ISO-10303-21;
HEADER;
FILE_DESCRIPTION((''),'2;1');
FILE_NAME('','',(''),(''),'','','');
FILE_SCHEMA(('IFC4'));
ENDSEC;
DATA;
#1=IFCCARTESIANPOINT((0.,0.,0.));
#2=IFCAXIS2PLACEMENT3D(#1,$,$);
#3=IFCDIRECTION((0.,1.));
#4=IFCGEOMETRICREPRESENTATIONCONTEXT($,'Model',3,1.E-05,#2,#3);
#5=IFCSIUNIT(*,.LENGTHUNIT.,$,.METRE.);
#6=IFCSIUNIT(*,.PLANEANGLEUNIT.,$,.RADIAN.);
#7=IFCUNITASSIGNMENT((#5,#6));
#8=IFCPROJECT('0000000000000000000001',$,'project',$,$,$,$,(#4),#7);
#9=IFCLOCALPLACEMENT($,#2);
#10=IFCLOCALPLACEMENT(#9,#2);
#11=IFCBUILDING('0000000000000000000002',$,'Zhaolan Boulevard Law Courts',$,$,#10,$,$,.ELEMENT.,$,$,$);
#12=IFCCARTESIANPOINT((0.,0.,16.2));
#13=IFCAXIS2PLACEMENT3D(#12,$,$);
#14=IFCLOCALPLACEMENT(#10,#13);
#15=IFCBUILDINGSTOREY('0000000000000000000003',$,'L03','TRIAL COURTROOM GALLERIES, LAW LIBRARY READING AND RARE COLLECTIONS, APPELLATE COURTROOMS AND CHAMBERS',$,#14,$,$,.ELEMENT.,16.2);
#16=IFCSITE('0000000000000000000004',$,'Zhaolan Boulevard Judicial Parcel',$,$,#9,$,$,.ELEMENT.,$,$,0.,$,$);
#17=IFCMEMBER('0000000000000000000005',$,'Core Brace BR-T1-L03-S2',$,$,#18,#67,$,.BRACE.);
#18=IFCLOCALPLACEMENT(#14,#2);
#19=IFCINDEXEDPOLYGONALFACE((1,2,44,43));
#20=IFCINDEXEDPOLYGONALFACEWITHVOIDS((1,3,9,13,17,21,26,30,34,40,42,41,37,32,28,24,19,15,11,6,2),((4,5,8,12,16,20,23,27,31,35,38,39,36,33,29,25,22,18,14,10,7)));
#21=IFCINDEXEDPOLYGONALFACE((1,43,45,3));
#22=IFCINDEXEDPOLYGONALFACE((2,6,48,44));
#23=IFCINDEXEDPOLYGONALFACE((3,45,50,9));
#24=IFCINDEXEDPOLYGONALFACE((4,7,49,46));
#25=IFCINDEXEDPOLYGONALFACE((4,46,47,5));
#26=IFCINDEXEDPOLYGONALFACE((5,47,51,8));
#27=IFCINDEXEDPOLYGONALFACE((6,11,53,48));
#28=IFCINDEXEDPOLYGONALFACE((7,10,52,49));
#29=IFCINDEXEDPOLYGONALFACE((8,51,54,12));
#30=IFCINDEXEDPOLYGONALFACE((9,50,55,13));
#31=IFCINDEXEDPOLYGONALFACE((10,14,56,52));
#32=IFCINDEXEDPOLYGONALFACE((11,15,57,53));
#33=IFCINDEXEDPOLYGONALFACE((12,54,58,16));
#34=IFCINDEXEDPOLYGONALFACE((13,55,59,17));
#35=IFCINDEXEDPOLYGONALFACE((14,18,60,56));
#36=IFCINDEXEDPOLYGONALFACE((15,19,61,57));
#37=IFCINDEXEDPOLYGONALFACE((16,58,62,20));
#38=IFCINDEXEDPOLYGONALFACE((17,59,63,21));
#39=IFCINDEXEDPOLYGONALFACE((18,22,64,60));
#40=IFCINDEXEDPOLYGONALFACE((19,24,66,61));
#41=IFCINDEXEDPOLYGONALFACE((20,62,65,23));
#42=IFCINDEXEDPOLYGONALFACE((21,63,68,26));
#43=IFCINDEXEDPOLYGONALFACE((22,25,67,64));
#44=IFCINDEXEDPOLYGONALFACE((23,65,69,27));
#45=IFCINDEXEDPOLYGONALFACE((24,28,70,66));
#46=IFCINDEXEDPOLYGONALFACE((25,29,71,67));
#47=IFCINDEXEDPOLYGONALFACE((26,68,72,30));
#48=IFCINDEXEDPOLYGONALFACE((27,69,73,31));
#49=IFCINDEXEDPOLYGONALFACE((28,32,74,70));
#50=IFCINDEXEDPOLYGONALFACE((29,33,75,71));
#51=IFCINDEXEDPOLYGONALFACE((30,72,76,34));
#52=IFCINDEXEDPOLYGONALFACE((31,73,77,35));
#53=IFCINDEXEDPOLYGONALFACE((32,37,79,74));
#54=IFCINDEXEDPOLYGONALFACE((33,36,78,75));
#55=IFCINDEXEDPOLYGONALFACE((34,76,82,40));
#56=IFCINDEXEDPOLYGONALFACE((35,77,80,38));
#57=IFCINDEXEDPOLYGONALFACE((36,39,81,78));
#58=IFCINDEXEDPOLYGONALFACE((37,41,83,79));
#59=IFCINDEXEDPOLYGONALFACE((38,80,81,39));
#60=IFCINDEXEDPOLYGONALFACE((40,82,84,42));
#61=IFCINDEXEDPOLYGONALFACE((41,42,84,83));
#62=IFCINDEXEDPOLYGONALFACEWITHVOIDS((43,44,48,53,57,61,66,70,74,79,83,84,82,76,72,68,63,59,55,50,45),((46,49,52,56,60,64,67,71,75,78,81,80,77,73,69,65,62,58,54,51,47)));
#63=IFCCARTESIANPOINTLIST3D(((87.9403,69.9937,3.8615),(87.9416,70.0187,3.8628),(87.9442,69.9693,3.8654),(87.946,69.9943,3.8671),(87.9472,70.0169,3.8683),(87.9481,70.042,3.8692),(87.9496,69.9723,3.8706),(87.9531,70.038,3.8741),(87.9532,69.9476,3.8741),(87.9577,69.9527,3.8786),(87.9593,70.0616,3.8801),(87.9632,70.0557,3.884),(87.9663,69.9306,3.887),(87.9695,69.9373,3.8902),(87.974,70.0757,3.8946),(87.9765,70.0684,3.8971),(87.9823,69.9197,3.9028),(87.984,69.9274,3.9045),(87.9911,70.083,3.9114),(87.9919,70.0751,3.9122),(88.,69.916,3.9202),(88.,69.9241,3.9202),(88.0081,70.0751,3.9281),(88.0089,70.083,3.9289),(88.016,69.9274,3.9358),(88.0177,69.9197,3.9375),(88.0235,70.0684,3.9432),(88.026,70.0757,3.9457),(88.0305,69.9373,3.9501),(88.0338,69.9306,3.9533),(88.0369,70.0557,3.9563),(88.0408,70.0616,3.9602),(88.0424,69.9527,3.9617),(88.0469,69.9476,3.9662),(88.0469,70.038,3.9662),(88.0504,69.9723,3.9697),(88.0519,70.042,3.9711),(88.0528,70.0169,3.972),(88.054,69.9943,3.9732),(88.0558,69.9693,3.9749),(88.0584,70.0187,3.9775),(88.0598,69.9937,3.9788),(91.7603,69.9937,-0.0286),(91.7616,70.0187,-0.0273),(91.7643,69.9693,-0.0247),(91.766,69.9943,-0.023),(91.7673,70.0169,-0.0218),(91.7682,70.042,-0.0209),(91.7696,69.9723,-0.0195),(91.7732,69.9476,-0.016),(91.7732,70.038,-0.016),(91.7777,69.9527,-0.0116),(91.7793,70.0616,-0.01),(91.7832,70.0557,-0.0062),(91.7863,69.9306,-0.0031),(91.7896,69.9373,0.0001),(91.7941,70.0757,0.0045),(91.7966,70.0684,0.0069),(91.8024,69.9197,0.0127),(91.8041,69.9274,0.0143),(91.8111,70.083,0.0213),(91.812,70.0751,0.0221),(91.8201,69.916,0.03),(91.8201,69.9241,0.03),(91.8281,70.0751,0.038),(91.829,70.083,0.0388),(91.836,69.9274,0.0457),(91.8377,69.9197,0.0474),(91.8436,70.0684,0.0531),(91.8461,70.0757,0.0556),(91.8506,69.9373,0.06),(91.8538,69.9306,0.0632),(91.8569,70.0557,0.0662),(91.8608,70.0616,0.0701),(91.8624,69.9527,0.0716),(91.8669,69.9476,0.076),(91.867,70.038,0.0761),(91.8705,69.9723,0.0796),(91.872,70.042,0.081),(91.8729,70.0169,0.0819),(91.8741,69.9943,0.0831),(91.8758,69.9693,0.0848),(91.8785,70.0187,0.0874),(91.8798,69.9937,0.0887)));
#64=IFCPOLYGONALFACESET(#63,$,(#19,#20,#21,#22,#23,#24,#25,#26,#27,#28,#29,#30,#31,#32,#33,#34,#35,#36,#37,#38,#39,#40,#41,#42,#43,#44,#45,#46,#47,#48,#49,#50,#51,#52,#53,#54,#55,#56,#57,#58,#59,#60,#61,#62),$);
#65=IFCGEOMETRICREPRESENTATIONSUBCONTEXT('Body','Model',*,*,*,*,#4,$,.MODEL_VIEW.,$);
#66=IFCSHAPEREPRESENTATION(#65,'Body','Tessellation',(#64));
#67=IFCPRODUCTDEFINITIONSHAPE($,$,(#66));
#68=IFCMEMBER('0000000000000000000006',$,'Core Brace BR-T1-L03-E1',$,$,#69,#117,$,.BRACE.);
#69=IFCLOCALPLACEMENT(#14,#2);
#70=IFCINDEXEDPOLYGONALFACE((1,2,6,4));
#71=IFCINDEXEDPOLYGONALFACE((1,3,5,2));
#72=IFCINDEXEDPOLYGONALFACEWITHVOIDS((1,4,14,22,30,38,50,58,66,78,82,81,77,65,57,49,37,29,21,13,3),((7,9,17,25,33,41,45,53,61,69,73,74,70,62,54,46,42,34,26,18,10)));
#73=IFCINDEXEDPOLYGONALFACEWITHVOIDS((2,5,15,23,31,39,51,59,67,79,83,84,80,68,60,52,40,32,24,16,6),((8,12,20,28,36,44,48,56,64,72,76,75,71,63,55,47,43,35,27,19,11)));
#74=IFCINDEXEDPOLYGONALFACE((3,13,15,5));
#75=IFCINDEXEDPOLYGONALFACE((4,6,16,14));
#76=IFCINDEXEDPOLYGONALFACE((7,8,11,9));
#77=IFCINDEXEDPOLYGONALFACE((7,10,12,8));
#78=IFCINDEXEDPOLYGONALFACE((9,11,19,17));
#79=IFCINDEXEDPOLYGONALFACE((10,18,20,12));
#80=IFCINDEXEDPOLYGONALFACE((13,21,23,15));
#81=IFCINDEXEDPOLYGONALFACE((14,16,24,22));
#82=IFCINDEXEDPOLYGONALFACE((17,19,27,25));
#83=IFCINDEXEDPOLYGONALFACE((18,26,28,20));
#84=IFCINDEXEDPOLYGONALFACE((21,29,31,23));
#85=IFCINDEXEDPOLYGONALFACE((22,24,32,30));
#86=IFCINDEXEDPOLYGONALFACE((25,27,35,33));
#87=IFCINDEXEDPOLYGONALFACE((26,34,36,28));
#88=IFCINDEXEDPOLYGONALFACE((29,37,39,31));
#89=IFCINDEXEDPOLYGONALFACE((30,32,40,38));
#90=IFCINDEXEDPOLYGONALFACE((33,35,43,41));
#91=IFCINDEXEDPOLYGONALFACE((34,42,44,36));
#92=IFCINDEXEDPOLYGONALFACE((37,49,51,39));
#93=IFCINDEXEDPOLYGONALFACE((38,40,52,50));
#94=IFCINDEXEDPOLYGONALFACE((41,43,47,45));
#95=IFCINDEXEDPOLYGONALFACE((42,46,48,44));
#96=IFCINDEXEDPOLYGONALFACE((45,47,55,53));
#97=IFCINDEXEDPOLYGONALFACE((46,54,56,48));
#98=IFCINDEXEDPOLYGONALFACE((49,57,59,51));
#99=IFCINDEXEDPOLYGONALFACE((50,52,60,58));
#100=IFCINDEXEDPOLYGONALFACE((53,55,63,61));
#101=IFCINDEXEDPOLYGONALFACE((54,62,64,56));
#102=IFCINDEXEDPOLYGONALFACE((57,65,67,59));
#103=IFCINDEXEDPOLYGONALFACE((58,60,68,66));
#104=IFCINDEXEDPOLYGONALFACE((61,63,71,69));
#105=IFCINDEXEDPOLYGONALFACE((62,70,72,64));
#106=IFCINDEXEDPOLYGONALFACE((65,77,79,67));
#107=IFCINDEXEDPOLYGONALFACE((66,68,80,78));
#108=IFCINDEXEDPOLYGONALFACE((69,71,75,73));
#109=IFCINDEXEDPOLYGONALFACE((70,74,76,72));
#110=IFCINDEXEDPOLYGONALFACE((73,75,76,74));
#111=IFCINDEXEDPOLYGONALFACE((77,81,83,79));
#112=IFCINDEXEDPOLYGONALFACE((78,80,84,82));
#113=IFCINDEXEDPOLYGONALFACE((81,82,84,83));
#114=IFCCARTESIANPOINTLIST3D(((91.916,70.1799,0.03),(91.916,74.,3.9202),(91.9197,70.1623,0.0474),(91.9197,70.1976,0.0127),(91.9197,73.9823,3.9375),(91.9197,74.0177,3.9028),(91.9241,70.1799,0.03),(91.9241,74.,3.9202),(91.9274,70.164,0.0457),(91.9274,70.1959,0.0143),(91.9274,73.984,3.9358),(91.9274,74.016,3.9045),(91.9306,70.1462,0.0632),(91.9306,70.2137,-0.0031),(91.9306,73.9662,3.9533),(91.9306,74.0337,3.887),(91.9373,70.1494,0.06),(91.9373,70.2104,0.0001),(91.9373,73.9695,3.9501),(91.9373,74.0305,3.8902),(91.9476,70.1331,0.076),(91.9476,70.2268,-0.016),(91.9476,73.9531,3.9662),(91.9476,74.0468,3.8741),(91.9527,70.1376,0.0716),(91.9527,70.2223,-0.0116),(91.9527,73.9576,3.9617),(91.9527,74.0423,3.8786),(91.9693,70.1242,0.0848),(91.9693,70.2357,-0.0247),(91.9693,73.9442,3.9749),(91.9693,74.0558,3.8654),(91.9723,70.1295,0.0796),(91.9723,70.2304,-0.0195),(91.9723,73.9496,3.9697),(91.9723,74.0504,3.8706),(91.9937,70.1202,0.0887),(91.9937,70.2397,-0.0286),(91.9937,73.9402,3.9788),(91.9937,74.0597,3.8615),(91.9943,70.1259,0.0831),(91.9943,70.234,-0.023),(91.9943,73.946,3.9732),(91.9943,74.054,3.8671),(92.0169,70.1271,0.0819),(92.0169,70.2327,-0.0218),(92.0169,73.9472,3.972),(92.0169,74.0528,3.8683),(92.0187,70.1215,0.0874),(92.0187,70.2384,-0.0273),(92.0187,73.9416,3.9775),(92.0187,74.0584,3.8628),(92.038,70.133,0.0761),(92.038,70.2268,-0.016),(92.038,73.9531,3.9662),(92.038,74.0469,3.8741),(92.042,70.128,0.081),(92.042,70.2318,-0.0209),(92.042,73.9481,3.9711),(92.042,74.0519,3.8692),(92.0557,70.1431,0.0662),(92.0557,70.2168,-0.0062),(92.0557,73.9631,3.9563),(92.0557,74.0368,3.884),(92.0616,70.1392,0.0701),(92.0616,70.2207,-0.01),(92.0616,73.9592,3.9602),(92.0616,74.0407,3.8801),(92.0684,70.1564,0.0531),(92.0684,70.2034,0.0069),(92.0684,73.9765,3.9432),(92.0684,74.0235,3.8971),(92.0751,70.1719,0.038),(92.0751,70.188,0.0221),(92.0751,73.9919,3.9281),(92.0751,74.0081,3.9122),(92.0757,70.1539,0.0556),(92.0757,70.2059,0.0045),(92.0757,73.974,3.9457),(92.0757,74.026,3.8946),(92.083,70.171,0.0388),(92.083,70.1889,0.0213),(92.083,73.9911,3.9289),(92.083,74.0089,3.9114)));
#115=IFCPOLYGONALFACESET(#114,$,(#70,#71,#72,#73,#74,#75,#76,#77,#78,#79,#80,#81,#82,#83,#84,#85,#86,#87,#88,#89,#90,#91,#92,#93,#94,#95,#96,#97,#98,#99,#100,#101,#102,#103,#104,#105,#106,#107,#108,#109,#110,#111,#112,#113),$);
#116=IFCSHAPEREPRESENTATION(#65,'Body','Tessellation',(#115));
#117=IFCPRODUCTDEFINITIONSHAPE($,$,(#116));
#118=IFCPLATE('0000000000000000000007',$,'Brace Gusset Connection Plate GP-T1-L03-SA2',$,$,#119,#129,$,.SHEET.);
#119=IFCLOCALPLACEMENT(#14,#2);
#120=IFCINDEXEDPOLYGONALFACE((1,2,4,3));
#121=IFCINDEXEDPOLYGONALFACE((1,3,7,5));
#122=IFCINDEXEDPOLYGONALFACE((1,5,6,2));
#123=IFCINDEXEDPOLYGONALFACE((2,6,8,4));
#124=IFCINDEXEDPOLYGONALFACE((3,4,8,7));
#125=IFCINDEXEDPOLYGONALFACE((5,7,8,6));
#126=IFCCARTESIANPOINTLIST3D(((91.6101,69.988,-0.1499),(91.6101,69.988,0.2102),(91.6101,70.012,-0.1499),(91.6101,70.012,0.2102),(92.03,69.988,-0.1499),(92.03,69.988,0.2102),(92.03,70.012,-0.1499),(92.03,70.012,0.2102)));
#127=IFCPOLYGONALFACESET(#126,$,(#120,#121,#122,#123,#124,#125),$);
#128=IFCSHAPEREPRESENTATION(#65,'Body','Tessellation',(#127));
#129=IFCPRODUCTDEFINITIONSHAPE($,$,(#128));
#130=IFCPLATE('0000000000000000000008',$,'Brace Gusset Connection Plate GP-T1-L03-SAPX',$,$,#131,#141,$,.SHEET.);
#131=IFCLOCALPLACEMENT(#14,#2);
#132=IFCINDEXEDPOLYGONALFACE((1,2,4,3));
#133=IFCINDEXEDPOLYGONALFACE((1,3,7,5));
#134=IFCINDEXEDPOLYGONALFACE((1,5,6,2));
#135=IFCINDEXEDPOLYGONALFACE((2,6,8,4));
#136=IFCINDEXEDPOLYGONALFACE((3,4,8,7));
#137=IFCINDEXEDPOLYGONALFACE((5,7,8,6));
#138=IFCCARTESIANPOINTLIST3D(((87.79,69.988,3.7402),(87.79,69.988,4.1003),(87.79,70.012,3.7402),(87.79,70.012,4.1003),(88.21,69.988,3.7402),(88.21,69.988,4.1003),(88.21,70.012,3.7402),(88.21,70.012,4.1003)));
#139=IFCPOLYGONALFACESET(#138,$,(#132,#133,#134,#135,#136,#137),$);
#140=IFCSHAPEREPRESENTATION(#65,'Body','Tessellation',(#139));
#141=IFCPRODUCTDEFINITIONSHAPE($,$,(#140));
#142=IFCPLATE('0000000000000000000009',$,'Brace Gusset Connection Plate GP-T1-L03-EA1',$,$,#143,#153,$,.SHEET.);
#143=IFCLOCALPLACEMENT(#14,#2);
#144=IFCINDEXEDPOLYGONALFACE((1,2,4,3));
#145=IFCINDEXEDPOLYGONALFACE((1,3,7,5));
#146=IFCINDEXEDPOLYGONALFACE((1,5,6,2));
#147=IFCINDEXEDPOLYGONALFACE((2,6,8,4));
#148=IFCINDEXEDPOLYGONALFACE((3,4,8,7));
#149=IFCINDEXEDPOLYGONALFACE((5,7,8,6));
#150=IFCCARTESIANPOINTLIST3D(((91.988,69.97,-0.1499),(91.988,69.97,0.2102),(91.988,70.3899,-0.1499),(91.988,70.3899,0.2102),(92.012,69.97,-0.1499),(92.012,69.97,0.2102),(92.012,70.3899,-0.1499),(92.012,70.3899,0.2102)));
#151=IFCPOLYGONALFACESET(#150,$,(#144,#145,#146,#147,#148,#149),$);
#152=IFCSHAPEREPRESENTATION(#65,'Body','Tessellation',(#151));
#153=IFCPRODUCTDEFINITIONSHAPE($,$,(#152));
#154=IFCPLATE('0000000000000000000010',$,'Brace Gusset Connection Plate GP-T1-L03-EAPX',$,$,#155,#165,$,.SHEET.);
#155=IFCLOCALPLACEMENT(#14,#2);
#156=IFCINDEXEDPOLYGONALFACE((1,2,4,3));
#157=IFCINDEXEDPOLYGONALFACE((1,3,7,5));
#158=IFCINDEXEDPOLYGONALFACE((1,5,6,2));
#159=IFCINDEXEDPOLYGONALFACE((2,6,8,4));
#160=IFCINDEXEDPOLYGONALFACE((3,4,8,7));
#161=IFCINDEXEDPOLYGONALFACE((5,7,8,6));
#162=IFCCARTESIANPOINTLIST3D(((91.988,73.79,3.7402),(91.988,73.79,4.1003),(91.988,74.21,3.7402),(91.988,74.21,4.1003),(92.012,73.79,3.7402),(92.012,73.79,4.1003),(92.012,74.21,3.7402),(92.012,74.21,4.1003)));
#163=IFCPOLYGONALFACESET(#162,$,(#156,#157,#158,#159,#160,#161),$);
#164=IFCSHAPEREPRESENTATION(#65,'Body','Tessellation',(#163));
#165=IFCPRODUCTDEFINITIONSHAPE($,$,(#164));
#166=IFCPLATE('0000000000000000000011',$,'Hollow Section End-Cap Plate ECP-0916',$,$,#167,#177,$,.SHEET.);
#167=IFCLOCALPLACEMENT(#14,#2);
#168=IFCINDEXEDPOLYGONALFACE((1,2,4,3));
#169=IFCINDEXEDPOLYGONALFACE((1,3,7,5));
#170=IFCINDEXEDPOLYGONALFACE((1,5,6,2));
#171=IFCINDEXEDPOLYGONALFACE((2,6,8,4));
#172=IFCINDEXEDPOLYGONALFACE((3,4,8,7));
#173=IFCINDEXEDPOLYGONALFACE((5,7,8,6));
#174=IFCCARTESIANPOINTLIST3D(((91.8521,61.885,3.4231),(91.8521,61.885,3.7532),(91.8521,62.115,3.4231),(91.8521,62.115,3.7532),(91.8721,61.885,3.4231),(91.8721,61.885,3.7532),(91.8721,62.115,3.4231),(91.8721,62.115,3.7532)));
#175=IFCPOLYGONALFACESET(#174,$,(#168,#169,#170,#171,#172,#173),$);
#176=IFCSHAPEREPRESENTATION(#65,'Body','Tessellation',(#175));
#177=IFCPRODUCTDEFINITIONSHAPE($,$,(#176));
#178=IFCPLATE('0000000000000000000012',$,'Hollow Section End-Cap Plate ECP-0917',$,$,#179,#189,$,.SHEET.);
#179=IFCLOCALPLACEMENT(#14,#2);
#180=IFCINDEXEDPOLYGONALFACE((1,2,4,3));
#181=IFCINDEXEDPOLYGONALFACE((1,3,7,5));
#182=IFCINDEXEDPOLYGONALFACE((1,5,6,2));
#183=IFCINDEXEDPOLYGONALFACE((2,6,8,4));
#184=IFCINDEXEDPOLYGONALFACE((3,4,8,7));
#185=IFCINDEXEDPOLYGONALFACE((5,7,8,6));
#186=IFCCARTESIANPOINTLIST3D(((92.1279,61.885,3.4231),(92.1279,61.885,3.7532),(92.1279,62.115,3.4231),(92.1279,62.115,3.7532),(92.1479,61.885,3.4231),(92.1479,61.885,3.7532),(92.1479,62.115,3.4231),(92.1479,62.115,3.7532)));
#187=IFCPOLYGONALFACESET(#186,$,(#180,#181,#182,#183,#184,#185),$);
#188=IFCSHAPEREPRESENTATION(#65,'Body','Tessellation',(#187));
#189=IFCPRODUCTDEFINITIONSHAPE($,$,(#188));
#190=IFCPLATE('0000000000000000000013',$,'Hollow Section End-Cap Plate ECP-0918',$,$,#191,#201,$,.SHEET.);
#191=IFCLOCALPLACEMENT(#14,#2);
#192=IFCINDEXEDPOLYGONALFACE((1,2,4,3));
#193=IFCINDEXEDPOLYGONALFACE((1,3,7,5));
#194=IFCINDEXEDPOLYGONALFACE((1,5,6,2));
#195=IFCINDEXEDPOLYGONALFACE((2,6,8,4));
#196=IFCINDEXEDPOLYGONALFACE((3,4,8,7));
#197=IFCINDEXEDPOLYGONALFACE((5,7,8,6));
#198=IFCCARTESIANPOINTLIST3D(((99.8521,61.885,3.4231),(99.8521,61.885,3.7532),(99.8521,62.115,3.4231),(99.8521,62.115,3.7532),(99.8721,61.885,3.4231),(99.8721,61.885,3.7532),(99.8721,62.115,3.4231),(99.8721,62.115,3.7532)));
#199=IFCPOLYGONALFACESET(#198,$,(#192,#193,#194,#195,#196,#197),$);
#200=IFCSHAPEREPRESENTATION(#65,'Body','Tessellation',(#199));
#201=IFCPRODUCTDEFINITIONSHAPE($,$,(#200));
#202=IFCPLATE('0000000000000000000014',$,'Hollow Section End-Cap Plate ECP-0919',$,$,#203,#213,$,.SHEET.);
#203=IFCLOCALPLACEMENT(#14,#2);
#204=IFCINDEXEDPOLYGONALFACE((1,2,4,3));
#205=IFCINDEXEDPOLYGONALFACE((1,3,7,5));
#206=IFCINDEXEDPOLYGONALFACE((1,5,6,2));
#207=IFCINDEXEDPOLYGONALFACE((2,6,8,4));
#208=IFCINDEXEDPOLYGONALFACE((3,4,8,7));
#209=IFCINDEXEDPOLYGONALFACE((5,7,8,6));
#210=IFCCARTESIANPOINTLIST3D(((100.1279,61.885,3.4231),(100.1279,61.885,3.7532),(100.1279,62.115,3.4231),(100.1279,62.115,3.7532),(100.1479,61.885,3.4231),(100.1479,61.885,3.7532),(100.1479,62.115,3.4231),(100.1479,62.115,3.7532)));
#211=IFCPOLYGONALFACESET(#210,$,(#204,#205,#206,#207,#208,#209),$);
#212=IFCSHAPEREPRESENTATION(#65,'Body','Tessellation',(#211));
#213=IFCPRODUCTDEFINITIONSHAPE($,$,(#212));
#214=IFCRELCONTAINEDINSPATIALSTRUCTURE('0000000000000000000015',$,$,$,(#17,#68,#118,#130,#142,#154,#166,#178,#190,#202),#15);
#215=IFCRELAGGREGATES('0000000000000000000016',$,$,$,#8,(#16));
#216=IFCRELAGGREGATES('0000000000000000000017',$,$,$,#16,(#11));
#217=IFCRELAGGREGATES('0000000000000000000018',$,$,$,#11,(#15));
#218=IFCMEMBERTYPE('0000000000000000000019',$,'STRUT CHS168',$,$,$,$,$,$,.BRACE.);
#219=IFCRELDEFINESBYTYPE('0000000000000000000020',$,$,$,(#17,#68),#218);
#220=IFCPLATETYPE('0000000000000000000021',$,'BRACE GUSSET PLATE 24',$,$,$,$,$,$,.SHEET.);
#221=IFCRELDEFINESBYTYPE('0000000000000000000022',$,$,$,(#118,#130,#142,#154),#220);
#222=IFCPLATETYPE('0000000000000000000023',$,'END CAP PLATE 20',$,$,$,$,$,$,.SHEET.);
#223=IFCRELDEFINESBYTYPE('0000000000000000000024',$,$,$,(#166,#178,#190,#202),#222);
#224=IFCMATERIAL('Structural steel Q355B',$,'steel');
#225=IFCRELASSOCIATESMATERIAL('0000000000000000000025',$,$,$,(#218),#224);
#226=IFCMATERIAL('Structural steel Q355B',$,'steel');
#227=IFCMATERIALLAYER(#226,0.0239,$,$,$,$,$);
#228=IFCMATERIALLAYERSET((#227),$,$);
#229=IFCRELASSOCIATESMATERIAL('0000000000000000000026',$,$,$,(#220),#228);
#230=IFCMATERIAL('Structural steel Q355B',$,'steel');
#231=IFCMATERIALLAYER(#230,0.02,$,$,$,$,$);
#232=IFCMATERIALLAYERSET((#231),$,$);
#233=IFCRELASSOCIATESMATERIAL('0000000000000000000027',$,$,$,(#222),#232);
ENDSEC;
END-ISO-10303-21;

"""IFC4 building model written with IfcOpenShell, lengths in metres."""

from ifc_helpers import new_model, si_unit, direction, frame, origin, origin_2d, place, context, subcontext, project, spatial, rectangle, hollow_circle, extrude, material, layer, layer_set, material_profile, profile_set, type_object, element, save


model = new_model("IFC4")

# Units and contexts
model_context = context("Model", 3, precision=1e-05, world=origin(), true_north=direction((0.0, 1.0)))
body_context = subcontext(model_context, "Body", "Model", "MODEL_VIEW")
ifc_project = project(units=[si_unit("LENGTHUNIT", "METRE"), si_unit("PLANEANGLEUNIT", "RADIAN")], contexts=[model_context])

# Site, building, storey
site_placement = place(None, origin())
site = spatial("IfcSite", under=ifc_project, at=site_placement, Name="Zhaolan Boulevard Judicial Parcel", CompositionType="ELEMENT", RefElevation=0.0)
building_placement = place(site_placement, origin())
building = spatial("IfcBuilding", under=site, at=building_placement, Name="Zhaolan Boulevard Law Courts", CompositionType="ELEMENT")
storey_placement = place(building_placement, frame((0.0, 0.0, 16.2)))
storey = spatial("IfcBuildingStorey", under=building, at=storey_placement, Name="L03", Description="TRIAL COURTROOM GALLERIES, LAW LIBRARY READING AND RARE COLLECTIONS, APPELLATE COURTROOMS AND CHAMBERS", CompositionType="ELEMENT", Elevation=16.2)

# Members
ifc_material_1 = material(Name="Structural steel Q355B", Category="steel")
ifc_material_profile_1 = material_profile(ifc_material_1, hollow_circle(Radius=0.084, WallThickness=0.0081, at=origin_2d()), Name="CHS168x8")
ifc_profile_set_1 = profile_set([ifc_material_profile_1], Name="Structural steel Q355B")
member_type = type_object("IfcMemberType", Name="STRUT CHS168", PredefinedType="BRACE", material=ifc_profile_set_1)
for number, where, z_axis, x_axis, name in (
    (1, (91.8201, 70.0, 0.03), (-0.700652, 0.0, 0.713503), (0.0, -1.0, 0.0), "Core Brace BR-T1-L03-S2"),
    (2, (92.0, 70.1799, 0.03), (0.0, 0.700652, 0.713503), (-1.0, 0.0, 0.0), "Core Brace BR-T1-L03-E1"),
):
    element("IfcMember", number, at=place(storey_placement, frame(where, z_axis=z_axis, x_axis=x_axis)), inside=storey, type_object=member_type, Name=name, PredefinedType="BRACE", context=body_context, shape_type="SweptSolid", body=[
        extrude(hollow_circle(Radius=0.084, WallThickness=0.0081, at=origin_2d()), origin(), (0.0, 0.0, 1.0), 5.4521),
    ])

# Plates
ifc_material_2 = material(Name="Structural steel Q355B", Category="steel")
ifc_layer_1 = layer(ifc_material_2, 0.0239)
ifc_layer_set_1 = layer_set([ifc_layer_1])
plate_type_1 = type_object("IfcPlateType", Name="BRACE GUSSET PLATE 24", PredefinedType="SHEET", material=ifc_layer_set_1)
for number, where, z_axis, x_axis, name in (
    (3, (91.8201, 70.0, -0.1499), (0.0, 0.0, 1.0), (1.0, 0.0, 0.0), "Brace Gusset Connection Plate GP-T1-L03-SA2"),
    (4, (88.0, 70.0, 3.7402), (0.0, 0.0, 1.0), (1.0, 0.0, 0.0), "Brace Gusset Connection Plate GP-T1-L03-SAPX"),
    (5, (92.0, 70.1799, -0.1499), (0.0, 0.0, 1.0), (0.0, 1.0, 0.0), "Brace Gusset Connection Plate GP-T1-L03-EA1"),
    (6, (92.0, 74.0, 3.7402), (0.0, 0.0, 1.0), (0.0, 1.0, 0.0), "Brace Gusset Connection Plate GP-T1-L03-EAPX"),
):
    element("IfcPlate", number, at=place(storey_placement, frame(where, z_axis=z_axis, x_axis=x_axis)), inside=storey, type_object=plate_type_1, Name=name, PredefinedType="SHEET", context=body_context, shape_type="SweptSolid", body=[
        extrude(rectangle(XDim=0.4199, YDim=0.0239, at=origin_2d()), origin(), (0.0, 0.0, 1.0), 0.3601),
    ])
ifc_material_3 = material(Name="Structural steel Q355B", Category="steel")
ifc_layer_2 = layer(ifc_material_3, 0.02)
ifc_layer_set_2 = layer_set([ifc_layer_2])
plate_type_2 = type_object("IfcPlateType", Name="END CAP PLATE 20", PredefinedType="SHEET", material=ifc_layer_set_2)
for number, where, z_axis, x_axis, name in (
    (7, (91.8621, 62.0, 3.4231), (0.0, 0.0, 1.0), (1.0, 0.0, 0.0), "Hollow Section End-Cap Plate ECP-0916"),
    (8, (92.1379, 62.0, 3.4231), (0.0, 0.0, 1.0), (1.0, 0.0, 0.0), "Hollow Section End-Cap Plate ECP-0917"),
    (9, (99.8621, 62.0, 3.4231), (0.0, 0.0, 1.0), (1.0, 0.0, 0.0), "Hollow Section End-Cap Plate ECP-0918"),
    (10, (100.1379, 62.0, 3.4231), (0.0, 0.0, 1.0), (1.0, 0.0, 0.0), "Hollow Section End-Cap Plate ECP-0919"),
):
    element("IfcPlate", number, at=place(storey_placement, frame(where, z_axis=z_axis, x_axis=x_axis)), inside=storey, type_object=plate_type_2, Name=name, PredefinedType="SHEET", context=body_context, shape_type="SweptSolid", body=[
        extrude(rectangle(XDim=0.02, YDim=0.23, at=origin_2d()), origin(), (0.0, 0.0, 1.0), 0.3301),
    ])

save(model, "model.ifc")
